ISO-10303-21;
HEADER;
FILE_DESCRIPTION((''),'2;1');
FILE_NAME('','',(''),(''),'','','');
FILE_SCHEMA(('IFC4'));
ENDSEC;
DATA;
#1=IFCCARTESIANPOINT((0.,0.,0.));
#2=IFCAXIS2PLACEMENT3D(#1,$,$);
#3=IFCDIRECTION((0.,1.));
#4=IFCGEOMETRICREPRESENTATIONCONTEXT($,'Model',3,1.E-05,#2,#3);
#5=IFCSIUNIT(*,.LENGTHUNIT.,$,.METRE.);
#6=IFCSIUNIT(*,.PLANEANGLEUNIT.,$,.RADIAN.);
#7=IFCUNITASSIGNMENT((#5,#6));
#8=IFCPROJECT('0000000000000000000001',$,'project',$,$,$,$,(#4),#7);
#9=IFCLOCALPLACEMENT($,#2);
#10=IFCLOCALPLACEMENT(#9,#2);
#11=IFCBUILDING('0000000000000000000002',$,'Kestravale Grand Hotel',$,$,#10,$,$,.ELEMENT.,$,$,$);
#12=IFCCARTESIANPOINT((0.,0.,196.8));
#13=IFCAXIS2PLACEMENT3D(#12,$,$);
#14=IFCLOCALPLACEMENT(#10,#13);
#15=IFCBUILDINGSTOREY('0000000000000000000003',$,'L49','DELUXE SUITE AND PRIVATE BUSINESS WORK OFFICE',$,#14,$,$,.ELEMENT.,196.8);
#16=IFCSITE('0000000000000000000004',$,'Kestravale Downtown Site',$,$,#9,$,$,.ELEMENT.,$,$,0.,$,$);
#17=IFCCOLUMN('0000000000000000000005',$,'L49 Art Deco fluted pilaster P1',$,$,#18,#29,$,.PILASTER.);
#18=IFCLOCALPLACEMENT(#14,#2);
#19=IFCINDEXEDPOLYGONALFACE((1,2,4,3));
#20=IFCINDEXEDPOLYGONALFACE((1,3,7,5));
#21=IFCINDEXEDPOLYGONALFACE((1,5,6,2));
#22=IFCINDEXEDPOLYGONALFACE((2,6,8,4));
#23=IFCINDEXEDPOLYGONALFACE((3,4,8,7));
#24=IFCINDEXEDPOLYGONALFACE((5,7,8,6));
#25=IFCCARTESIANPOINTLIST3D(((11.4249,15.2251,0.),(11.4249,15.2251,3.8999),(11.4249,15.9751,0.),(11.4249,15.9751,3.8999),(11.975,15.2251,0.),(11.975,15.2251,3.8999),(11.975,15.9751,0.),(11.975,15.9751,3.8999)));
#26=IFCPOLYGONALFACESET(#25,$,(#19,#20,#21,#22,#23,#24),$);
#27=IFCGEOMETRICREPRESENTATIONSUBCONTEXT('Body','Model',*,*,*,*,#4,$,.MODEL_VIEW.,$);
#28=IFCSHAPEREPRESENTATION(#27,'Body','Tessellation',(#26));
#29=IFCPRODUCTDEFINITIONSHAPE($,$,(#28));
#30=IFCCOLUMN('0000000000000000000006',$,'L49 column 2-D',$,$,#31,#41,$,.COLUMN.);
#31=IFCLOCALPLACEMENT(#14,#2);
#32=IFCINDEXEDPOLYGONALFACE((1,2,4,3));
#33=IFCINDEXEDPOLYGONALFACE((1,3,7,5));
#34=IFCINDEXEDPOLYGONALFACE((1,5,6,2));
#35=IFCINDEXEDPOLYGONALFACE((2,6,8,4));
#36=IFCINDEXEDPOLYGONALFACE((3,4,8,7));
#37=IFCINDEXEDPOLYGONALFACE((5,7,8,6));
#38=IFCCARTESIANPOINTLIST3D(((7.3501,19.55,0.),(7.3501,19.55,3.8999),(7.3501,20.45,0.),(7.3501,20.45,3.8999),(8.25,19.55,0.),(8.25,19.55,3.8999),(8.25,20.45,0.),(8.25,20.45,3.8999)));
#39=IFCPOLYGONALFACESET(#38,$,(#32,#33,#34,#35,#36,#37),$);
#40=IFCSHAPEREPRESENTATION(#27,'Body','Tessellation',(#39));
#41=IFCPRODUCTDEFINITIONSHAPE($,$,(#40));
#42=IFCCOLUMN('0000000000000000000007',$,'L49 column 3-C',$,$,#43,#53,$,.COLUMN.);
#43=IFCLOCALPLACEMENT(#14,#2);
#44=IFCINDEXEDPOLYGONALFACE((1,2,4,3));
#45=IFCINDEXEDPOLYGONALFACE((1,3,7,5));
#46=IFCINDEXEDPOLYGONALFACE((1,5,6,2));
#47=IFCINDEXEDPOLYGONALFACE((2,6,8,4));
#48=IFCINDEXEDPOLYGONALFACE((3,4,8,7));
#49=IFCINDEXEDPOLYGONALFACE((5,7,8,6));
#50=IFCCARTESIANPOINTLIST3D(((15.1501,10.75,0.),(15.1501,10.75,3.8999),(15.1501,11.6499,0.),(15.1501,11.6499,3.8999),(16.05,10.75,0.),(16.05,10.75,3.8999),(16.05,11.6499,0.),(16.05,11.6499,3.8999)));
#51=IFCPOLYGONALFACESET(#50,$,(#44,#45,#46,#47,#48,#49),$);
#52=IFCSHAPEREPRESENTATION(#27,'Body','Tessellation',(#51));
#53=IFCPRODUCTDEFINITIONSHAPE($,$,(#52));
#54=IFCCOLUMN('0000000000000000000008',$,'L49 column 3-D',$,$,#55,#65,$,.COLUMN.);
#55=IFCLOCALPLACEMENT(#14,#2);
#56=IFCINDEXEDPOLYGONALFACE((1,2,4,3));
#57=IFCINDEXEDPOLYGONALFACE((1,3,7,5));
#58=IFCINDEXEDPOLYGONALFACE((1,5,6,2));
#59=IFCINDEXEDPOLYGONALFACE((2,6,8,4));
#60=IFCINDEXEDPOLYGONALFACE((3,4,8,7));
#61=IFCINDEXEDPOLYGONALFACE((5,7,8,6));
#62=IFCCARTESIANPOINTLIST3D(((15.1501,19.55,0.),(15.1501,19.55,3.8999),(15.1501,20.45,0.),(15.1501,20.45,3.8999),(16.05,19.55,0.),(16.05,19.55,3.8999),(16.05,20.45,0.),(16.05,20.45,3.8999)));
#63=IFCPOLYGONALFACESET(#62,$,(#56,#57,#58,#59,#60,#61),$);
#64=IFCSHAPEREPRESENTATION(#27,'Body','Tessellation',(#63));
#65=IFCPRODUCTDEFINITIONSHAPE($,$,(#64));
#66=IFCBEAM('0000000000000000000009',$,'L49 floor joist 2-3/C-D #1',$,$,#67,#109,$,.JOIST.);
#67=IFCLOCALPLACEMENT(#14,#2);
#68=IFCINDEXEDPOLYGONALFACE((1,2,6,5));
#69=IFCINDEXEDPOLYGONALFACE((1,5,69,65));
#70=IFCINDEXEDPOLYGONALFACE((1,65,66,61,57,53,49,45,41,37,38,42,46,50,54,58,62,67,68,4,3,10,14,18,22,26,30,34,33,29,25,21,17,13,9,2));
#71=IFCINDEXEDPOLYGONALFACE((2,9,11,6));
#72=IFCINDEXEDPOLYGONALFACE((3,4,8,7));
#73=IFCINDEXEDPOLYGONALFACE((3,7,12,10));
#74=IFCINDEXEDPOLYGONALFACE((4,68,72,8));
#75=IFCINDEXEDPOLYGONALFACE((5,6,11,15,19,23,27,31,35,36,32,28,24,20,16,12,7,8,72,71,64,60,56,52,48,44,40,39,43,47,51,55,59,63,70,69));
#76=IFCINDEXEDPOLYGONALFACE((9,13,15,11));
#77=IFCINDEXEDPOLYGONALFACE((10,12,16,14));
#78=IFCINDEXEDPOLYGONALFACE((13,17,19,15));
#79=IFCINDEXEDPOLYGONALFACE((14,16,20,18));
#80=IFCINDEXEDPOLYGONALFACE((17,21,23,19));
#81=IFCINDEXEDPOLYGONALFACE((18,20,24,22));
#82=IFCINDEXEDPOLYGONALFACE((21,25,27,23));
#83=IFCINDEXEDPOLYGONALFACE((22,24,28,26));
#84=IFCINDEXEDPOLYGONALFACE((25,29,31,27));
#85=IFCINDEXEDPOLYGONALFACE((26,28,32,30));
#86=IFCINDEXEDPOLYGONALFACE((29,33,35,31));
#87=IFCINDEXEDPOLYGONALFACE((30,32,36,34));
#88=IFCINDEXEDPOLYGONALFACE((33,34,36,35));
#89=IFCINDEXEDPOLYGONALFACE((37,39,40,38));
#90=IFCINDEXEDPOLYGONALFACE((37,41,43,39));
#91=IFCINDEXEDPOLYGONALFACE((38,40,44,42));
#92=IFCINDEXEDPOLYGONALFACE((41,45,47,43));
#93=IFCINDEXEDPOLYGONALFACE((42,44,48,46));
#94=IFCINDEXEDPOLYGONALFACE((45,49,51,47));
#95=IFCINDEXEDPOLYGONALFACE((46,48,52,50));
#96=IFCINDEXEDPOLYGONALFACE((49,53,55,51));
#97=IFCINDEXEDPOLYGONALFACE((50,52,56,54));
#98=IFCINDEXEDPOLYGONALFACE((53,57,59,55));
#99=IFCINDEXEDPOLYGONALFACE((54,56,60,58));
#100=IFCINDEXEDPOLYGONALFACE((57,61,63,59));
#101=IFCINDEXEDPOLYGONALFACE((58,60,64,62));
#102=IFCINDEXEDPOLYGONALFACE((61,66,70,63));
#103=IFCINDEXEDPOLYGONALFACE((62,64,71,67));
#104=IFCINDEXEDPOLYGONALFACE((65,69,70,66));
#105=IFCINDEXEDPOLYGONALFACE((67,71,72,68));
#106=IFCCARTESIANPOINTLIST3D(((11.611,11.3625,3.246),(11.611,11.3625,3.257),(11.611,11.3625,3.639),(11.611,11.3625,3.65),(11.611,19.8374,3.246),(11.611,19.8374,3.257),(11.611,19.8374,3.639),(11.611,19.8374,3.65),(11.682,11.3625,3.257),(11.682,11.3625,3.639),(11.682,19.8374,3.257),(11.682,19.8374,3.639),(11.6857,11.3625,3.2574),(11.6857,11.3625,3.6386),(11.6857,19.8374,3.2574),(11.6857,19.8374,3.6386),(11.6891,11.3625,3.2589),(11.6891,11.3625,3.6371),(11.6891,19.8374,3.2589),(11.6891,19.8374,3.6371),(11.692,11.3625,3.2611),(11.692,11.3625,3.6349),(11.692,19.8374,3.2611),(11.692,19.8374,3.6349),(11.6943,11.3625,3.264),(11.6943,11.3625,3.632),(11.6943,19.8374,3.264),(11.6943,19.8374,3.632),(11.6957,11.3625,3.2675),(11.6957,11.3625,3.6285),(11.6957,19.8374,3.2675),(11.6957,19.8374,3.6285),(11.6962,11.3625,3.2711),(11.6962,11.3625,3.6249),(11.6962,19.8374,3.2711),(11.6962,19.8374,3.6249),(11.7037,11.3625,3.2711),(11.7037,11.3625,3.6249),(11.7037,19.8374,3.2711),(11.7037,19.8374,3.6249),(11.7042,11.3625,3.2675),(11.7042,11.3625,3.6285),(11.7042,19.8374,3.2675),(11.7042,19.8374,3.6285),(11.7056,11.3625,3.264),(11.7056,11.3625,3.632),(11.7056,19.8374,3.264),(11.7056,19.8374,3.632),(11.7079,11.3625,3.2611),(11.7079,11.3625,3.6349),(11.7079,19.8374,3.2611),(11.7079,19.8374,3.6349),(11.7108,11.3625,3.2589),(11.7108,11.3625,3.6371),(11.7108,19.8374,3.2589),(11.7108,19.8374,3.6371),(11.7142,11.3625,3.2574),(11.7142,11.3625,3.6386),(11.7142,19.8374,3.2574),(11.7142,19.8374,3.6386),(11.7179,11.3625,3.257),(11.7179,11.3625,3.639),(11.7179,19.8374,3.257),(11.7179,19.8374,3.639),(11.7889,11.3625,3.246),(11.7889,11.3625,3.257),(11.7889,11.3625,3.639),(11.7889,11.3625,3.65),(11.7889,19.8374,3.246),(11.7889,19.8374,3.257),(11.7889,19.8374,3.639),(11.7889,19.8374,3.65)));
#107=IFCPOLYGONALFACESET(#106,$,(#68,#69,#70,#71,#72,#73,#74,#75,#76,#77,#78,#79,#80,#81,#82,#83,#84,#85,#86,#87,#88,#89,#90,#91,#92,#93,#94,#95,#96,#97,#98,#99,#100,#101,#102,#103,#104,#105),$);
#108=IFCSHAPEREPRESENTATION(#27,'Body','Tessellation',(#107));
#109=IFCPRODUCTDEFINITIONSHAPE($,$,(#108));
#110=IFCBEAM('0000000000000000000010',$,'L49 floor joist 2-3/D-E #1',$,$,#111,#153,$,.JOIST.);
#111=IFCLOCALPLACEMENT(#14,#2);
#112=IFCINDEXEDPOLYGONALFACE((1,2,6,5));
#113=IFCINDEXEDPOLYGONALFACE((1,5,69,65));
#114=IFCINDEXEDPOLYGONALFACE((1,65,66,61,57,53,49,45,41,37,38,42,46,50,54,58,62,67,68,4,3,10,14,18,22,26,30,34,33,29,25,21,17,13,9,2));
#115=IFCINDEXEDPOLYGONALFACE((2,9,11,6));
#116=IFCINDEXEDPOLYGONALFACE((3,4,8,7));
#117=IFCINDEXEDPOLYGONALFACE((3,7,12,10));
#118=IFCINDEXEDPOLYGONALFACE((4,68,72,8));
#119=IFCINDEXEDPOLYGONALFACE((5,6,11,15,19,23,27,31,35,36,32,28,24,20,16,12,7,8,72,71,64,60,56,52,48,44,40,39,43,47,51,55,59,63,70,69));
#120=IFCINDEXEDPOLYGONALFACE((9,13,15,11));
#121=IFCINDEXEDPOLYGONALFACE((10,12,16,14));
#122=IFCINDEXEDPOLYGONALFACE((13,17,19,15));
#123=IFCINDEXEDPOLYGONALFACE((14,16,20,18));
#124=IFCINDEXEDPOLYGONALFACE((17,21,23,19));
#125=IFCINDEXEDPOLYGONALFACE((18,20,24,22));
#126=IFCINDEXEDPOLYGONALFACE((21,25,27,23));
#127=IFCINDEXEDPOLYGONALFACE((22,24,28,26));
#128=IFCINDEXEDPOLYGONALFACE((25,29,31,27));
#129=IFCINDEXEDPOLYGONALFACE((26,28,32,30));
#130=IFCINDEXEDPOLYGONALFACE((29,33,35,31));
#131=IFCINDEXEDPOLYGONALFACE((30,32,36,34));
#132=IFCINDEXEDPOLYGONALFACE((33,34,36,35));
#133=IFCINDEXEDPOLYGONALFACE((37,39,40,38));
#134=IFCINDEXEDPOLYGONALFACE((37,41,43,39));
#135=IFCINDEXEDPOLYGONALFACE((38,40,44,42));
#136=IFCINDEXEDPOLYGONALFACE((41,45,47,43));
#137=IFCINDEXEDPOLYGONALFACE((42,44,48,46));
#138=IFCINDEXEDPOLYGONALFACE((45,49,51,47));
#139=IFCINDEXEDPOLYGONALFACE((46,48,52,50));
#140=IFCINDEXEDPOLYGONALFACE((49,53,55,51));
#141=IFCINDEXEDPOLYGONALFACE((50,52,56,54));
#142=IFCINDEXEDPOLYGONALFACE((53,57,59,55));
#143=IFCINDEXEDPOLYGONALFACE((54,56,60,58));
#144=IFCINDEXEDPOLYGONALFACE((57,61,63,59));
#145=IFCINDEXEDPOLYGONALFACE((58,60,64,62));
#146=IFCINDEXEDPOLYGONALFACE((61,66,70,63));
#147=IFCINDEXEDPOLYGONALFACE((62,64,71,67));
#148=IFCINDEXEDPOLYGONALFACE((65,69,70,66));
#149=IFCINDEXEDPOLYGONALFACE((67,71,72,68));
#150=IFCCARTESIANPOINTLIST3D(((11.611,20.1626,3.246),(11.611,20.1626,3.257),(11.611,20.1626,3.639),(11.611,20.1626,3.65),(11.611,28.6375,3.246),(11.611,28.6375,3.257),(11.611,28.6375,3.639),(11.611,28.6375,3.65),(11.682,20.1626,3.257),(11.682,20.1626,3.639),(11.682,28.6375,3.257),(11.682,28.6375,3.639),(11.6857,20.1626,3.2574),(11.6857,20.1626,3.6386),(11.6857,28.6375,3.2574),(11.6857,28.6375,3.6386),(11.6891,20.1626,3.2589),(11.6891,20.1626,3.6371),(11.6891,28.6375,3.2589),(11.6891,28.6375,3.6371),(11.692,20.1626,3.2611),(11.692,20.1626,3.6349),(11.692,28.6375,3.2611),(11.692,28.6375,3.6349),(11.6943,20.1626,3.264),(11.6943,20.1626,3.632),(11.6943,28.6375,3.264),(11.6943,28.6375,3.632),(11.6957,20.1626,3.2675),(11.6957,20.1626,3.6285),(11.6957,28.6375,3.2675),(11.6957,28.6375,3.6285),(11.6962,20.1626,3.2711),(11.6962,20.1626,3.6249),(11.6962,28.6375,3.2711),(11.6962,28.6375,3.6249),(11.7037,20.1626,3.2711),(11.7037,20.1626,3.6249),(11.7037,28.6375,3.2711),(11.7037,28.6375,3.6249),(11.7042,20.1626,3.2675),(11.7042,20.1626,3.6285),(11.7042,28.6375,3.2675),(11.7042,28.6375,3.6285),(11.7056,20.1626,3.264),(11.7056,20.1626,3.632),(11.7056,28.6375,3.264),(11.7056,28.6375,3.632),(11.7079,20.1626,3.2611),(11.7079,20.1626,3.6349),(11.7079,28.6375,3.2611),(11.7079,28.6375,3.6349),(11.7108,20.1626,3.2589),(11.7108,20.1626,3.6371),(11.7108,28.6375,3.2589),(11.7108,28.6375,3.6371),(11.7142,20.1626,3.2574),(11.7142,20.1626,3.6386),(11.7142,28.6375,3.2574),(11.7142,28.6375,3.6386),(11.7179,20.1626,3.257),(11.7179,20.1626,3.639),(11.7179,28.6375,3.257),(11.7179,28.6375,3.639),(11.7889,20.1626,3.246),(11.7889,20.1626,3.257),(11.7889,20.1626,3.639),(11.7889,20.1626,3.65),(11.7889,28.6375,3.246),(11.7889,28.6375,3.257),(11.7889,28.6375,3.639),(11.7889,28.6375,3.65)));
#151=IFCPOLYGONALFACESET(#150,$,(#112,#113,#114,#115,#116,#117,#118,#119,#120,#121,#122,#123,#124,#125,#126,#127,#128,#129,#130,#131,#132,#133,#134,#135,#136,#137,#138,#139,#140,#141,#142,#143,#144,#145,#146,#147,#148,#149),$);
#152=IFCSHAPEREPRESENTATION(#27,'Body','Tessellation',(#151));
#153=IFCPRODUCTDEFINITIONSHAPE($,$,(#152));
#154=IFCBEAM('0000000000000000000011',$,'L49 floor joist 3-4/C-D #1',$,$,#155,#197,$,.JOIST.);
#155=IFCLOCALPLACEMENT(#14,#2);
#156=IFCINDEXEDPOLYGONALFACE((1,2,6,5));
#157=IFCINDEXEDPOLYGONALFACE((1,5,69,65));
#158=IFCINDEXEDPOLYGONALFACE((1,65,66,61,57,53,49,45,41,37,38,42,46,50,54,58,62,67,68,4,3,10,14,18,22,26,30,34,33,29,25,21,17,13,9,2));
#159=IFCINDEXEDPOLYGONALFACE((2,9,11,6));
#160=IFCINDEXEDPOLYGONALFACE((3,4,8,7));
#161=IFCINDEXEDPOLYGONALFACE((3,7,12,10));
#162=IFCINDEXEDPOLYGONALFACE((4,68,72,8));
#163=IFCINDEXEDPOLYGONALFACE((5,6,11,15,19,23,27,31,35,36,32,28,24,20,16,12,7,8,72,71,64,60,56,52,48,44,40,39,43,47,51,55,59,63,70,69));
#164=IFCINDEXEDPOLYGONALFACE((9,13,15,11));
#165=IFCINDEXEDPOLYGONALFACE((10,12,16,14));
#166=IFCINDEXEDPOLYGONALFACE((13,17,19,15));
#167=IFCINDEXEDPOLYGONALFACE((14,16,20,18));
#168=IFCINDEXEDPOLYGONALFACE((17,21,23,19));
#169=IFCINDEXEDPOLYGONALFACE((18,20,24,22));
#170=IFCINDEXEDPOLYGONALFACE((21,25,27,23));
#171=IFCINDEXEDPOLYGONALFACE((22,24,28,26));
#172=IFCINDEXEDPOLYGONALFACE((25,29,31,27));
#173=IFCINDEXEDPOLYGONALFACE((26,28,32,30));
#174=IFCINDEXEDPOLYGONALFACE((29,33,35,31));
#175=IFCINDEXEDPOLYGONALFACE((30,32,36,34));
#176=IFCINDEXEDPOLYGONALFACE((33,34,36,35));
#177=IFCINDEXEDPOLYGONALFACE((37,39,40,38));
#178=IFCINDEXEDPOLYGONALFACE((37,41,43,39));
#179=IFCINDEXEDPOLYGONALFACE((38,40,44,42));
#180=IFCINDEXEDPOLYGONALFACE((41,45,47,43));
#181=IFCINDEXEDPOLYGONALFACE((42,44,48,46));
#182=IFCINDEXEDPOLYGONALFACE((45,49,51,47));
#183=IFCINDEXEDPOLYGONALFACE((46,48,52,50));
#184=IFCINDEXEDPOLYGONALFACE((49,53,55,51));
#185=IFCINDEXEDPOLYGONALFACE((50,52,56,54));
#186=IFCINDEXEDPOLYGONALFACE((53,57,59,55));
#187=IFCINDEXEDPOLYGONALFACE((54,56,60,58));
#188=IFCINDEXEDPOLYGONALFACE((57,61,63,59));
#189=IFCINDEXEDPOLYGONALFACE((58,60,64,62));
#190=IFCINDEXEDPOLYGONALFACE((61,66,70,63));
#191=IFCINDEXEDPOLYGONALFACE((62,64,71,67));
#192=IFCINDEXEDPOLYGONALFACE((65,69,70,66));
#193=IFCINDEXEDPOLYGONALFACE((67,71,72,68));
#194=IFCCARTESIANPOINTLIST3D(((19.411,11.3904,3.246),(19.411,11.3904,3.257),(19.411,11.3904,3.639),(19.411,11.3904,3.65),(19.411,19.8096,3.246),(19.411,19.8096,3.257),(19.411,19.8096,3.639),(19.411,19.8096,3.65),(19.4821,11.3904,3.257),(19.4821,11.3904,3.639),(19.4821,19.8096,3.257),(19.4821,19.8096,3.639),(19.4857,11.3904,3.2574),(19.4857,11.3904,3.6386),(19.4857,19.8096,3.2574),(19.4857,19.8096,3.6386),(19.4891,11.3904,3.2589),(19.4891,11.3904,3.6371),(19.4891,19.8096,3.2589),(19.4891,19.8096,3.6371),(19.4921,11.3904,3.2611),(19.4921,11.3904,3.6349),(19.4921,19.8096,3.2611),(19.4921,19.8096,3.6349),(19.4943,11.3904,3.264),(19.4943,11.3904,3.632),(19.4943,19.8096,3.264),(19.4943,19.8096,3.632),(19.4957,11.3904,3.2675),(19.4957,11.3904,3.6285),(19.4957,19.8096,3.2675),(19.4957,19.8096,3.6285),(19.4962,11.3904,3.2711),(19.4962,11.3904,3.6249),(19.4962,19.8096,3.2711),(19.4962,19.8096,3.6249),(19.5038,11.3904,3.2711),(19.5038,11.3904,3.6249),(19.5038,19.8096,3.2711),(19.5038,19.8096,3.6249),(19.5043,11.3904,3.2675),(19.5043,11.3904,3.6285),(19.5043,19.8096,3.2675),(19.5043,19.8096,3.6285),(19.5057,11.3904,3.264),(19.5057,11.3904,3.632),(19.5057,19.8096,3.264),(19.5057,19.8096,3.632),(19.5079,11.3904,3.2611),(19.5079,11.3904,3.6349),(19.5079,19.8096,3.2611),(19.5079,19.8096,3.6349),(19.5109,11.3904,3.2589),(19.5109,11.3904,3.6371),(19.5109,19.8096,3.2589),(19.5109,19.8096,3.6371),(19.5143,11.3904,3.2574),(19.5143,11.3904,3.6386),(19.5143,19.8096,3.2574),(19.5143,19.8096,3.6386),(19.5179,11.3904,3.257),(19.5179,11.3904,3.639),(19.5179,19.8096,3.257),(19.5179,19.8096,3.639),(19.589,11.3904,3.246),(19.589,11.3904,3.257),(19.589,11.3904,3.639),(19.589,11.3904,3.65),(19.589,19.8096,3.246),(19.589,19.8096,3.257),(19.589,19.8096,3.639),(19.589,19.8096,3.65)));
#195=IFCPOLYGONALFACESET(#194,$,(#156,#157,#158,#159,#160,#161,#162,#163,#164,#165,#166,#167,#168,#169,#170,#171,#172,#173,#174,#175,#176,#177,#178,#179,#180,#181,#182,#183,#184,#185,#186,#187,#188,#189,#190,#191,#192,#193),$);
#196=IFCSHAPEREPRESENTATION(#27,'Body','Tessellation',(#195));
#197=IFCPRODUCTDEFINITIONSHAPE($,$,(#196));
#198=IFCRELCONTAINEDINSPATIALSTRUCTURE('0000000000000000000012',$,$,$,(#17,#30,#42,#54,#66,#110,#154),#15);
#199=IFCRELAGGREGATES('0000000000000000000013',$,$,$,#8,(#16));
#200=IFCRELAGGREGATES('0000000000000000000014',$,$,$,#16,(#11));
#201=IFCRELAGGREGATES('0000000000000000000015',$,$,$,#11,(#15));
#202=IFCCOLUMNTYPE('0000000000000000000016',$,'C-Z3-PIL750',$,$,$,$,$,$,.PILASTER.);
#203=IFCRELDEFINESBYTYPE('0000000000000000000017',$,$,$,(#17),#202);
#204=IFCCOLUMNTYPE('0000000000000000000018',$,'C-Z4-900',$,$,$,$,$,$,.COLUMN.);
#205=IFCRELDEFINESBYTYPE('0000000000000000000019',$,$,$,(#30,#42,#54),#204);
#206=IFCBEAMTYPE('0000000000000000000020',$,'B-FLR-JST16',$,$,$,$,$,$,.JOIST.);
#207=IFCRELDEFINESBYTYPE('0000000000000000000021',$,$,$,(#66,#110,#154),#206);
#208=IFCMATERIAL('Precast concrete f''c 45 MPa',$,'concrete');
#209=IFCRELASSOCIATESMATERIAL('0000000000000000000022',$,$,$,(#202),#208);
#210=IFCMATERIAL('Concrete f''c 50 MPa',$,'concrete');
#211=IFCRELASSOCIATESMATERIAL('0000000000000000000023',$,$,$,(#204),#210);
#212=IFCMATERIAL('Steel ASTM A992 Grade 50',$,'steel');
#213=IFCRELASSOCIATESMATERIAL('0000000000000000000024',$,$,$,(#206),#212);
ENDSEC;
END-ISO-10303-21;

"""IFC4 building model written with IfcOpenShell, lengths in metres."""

from ifc_helpers import new_model, si_unit, direction, frame, origin, origin_2d, place, context, subcontext, project, spatial, rectangle, i_section, extrude, material, material_profile, profile_set, type_object, element, save


model = new_model("IFC4")

# Units and contexts
model_context = context("Model", 3, precision=1e-05, world=origin(), true_north=direction((0.0, 1.0)))
body_context = subcontext(model_context, "Body", "Model", "MODEL_VIEW")
ifc_project = project(units=[si_unit("LENGTHUNIT", "METRE"), si_unit("PLANEANGLEUNIT", "RADIAN")], contexts=[model_context])

# Site, building, storey
site_placement = place(None, origin())
site = spatial("IfcSite", under=ifc_project, at=site_placement, Name="Kestravale Downtown Site", CompositionType="ELEMENT", RefElevation=0.0)
building_placement = place(site_placement, origin())
building = spatial("IfcBuilding", under=site, at=building_placement, Name="Kestravale Grand Hotel", CompositionType="ELEMENT")
storey_placement = place(building_placement, frame((0.0, 0.0, 196.8)))
storey = spatial("IfcBuildingStorey", under=building, at=storey_placement, Name="L49", Description="DELUXE SUITE AND PRIVATE BUSINESS WORK OFFICE", CompositionType="ELEMENT", Elevation=196.8)

# Columns
ifc_material_1 = material(Name="Precast concrete f'c 45 MPa", Category="concrete")
ifc_material_profile_1 = material_profile(ifc_material_1, rectangle(XDim=0.55, YDim=0.75, at=origin_2d()))
ifc_profile_set_1 = profile_set([ifc_material_profile_1], Name="Precast concrete f'c 45 MPa")
column_type_1 = type_object("IfcColumnType", Name="C-Z3-PIL750", PredefinedType="PILASTER", material=ifc_profile_set_1)
column_placement = place(storey_placement, frame((11.7, 15.6001, 0.0), z_axis=(0.0, 0.0, 1.0), x_axis=(1.0, 0.0, 0.0)))
element("IfcColumn", 1, at=column_placement, inside=storey, type_object=column_type_1, Name="L49 Art Deco fluted pilaster P1", PredefinedType="PILASTER", context=body_context, shape_type="SweptSolid", body=[
    extrude(rectangle(XDim=0.55, YDim=0.75, at=origin_2d()), origin(), (0.0, 0.0, 1.0), 3.8999),
])
ifc_material_2 = material(Name="Concrete f'c 50 MPa", Category="concrete")
ifc_material_profile_2 = material_profile(ifc_material_2, rectangle(XDim=0.8999, YDim=0.8999, at=origin_2d()))
ifc_profile_set_2 = profile_set([ifc_material_profile_2], Name="Concrete f'c 50 MPa")
column_type_2 = type_object("IfcColumnType", Name="C-Z4-900", PredefinedType="COLUMN", material=ifc_profile_set_2)
for number, where, z_axis, x_axis, name in (
    (2, (7.8, 20.0, 0.0), (0.0, 0.0, 1.0), (1.0, 0.0, 0.0), "L49 column 2-D"),
    (3, (15.6001, 11.2, 0.0), (0.0, 0.0, 1.0), (1.0, 0.0, 0.0), "L49 column 3-C"),
    (4, (15.6001, 20.0, 0.0), (0.0, 0.0, 1.0), (1.0, 0.0, 0.0), "L49 column 3-D"),
):
    element("IfcColumn", number, at=place(storey_placement, frame(where, z_axis=z_axis, x_axis=x_axis)), inside=storey, type_object=column_type_2, Name=name, PredefinedType="COLUMN", context=body_context, shape_type="SweptSolid", body=[
        extrude(rectangle(XDim=0.8999, YDim=0.8999, at=origin_2d()), origin(), (0.0, 0.0, 1.0), 3.8999),
    ])

# Beams
ifc_material_3 = material(Name="Steel ASTM A992 Grade 50", Category="steel")
ifc_material_profile_3 = material_profile(ifc_material_3, i_section(OverallWidth=0.178, OverallDepth=0.4041, WebThickness=0.0076, FlangeThickness=0.011, FilletRadius=0.0142, at=origin_2d()))
ifc_profile_set_3 = profile_set([ifc_material_profile_3], Name="Steel ASTM A992 Grade 50")
beam_type_1 = type_object("IfcBeamType", Name="B-FLR-JST16", PredefinedType="JOIST", material=ifc_profile_set_3)
for number, where, z_axis, x_axis, name in (
    (5, (11.7, 11.3625, 3.448), (0.0, 1.0, 0.0), (-1.0, 0.0, 0.0), "L49 floor joist 2-3/C-D #1"),
    (6, (11.7, 20.1626, 3.448), (0.0, 1.0, 0.0), (-1.0, 0.0, 0.0), "L49 floor joist 2-3/D-E #1"),
):
    element("IfcBeam", number, at=place(storey_placement, frame(where, z_axis=z_axis, x_axis=x_axis)), inside=storey, type_object=beam_type_1, Name=name, PredefinedType="JOIST", context=body_context, shape_type="SweptSolid", body=[
        extrude(i_section(OverallWidth=0.178, OverallDepth=0.4041, WebThickness=0.0076, FlangeThickness=0.011, FilletRadius=0.0142, at=origin_2d()), origin(), (0.0, 0.0, 1.0), 8.4749),
    ])
beam_1_placement = place(storey_placement, frame((19.5, 11.3904, 3.448), z_axis=(0.0, 1.0, 0.0), x_axis=(-1.0, 0.0, 0.0)))
element("IfcBeam", 7, at=beam_1_placement, inside=storey, type_object=beam_type_1, Name="L49 floor joist 3-4/C-D #1", PredefinedType="JOIST", context=body_context, shape_type="SweptSolid", body=[
    extrude(i_section(OverallWidth=0.178, OverallDepth=0.4041, WebThickness=0.0076, FlangeThickness=0.011, FilletRadius=0.0142, at=origin_2d()), origin(), (0.0, 0.0, 1.0), 8.4192),
])

save(model, "model.ifc")
